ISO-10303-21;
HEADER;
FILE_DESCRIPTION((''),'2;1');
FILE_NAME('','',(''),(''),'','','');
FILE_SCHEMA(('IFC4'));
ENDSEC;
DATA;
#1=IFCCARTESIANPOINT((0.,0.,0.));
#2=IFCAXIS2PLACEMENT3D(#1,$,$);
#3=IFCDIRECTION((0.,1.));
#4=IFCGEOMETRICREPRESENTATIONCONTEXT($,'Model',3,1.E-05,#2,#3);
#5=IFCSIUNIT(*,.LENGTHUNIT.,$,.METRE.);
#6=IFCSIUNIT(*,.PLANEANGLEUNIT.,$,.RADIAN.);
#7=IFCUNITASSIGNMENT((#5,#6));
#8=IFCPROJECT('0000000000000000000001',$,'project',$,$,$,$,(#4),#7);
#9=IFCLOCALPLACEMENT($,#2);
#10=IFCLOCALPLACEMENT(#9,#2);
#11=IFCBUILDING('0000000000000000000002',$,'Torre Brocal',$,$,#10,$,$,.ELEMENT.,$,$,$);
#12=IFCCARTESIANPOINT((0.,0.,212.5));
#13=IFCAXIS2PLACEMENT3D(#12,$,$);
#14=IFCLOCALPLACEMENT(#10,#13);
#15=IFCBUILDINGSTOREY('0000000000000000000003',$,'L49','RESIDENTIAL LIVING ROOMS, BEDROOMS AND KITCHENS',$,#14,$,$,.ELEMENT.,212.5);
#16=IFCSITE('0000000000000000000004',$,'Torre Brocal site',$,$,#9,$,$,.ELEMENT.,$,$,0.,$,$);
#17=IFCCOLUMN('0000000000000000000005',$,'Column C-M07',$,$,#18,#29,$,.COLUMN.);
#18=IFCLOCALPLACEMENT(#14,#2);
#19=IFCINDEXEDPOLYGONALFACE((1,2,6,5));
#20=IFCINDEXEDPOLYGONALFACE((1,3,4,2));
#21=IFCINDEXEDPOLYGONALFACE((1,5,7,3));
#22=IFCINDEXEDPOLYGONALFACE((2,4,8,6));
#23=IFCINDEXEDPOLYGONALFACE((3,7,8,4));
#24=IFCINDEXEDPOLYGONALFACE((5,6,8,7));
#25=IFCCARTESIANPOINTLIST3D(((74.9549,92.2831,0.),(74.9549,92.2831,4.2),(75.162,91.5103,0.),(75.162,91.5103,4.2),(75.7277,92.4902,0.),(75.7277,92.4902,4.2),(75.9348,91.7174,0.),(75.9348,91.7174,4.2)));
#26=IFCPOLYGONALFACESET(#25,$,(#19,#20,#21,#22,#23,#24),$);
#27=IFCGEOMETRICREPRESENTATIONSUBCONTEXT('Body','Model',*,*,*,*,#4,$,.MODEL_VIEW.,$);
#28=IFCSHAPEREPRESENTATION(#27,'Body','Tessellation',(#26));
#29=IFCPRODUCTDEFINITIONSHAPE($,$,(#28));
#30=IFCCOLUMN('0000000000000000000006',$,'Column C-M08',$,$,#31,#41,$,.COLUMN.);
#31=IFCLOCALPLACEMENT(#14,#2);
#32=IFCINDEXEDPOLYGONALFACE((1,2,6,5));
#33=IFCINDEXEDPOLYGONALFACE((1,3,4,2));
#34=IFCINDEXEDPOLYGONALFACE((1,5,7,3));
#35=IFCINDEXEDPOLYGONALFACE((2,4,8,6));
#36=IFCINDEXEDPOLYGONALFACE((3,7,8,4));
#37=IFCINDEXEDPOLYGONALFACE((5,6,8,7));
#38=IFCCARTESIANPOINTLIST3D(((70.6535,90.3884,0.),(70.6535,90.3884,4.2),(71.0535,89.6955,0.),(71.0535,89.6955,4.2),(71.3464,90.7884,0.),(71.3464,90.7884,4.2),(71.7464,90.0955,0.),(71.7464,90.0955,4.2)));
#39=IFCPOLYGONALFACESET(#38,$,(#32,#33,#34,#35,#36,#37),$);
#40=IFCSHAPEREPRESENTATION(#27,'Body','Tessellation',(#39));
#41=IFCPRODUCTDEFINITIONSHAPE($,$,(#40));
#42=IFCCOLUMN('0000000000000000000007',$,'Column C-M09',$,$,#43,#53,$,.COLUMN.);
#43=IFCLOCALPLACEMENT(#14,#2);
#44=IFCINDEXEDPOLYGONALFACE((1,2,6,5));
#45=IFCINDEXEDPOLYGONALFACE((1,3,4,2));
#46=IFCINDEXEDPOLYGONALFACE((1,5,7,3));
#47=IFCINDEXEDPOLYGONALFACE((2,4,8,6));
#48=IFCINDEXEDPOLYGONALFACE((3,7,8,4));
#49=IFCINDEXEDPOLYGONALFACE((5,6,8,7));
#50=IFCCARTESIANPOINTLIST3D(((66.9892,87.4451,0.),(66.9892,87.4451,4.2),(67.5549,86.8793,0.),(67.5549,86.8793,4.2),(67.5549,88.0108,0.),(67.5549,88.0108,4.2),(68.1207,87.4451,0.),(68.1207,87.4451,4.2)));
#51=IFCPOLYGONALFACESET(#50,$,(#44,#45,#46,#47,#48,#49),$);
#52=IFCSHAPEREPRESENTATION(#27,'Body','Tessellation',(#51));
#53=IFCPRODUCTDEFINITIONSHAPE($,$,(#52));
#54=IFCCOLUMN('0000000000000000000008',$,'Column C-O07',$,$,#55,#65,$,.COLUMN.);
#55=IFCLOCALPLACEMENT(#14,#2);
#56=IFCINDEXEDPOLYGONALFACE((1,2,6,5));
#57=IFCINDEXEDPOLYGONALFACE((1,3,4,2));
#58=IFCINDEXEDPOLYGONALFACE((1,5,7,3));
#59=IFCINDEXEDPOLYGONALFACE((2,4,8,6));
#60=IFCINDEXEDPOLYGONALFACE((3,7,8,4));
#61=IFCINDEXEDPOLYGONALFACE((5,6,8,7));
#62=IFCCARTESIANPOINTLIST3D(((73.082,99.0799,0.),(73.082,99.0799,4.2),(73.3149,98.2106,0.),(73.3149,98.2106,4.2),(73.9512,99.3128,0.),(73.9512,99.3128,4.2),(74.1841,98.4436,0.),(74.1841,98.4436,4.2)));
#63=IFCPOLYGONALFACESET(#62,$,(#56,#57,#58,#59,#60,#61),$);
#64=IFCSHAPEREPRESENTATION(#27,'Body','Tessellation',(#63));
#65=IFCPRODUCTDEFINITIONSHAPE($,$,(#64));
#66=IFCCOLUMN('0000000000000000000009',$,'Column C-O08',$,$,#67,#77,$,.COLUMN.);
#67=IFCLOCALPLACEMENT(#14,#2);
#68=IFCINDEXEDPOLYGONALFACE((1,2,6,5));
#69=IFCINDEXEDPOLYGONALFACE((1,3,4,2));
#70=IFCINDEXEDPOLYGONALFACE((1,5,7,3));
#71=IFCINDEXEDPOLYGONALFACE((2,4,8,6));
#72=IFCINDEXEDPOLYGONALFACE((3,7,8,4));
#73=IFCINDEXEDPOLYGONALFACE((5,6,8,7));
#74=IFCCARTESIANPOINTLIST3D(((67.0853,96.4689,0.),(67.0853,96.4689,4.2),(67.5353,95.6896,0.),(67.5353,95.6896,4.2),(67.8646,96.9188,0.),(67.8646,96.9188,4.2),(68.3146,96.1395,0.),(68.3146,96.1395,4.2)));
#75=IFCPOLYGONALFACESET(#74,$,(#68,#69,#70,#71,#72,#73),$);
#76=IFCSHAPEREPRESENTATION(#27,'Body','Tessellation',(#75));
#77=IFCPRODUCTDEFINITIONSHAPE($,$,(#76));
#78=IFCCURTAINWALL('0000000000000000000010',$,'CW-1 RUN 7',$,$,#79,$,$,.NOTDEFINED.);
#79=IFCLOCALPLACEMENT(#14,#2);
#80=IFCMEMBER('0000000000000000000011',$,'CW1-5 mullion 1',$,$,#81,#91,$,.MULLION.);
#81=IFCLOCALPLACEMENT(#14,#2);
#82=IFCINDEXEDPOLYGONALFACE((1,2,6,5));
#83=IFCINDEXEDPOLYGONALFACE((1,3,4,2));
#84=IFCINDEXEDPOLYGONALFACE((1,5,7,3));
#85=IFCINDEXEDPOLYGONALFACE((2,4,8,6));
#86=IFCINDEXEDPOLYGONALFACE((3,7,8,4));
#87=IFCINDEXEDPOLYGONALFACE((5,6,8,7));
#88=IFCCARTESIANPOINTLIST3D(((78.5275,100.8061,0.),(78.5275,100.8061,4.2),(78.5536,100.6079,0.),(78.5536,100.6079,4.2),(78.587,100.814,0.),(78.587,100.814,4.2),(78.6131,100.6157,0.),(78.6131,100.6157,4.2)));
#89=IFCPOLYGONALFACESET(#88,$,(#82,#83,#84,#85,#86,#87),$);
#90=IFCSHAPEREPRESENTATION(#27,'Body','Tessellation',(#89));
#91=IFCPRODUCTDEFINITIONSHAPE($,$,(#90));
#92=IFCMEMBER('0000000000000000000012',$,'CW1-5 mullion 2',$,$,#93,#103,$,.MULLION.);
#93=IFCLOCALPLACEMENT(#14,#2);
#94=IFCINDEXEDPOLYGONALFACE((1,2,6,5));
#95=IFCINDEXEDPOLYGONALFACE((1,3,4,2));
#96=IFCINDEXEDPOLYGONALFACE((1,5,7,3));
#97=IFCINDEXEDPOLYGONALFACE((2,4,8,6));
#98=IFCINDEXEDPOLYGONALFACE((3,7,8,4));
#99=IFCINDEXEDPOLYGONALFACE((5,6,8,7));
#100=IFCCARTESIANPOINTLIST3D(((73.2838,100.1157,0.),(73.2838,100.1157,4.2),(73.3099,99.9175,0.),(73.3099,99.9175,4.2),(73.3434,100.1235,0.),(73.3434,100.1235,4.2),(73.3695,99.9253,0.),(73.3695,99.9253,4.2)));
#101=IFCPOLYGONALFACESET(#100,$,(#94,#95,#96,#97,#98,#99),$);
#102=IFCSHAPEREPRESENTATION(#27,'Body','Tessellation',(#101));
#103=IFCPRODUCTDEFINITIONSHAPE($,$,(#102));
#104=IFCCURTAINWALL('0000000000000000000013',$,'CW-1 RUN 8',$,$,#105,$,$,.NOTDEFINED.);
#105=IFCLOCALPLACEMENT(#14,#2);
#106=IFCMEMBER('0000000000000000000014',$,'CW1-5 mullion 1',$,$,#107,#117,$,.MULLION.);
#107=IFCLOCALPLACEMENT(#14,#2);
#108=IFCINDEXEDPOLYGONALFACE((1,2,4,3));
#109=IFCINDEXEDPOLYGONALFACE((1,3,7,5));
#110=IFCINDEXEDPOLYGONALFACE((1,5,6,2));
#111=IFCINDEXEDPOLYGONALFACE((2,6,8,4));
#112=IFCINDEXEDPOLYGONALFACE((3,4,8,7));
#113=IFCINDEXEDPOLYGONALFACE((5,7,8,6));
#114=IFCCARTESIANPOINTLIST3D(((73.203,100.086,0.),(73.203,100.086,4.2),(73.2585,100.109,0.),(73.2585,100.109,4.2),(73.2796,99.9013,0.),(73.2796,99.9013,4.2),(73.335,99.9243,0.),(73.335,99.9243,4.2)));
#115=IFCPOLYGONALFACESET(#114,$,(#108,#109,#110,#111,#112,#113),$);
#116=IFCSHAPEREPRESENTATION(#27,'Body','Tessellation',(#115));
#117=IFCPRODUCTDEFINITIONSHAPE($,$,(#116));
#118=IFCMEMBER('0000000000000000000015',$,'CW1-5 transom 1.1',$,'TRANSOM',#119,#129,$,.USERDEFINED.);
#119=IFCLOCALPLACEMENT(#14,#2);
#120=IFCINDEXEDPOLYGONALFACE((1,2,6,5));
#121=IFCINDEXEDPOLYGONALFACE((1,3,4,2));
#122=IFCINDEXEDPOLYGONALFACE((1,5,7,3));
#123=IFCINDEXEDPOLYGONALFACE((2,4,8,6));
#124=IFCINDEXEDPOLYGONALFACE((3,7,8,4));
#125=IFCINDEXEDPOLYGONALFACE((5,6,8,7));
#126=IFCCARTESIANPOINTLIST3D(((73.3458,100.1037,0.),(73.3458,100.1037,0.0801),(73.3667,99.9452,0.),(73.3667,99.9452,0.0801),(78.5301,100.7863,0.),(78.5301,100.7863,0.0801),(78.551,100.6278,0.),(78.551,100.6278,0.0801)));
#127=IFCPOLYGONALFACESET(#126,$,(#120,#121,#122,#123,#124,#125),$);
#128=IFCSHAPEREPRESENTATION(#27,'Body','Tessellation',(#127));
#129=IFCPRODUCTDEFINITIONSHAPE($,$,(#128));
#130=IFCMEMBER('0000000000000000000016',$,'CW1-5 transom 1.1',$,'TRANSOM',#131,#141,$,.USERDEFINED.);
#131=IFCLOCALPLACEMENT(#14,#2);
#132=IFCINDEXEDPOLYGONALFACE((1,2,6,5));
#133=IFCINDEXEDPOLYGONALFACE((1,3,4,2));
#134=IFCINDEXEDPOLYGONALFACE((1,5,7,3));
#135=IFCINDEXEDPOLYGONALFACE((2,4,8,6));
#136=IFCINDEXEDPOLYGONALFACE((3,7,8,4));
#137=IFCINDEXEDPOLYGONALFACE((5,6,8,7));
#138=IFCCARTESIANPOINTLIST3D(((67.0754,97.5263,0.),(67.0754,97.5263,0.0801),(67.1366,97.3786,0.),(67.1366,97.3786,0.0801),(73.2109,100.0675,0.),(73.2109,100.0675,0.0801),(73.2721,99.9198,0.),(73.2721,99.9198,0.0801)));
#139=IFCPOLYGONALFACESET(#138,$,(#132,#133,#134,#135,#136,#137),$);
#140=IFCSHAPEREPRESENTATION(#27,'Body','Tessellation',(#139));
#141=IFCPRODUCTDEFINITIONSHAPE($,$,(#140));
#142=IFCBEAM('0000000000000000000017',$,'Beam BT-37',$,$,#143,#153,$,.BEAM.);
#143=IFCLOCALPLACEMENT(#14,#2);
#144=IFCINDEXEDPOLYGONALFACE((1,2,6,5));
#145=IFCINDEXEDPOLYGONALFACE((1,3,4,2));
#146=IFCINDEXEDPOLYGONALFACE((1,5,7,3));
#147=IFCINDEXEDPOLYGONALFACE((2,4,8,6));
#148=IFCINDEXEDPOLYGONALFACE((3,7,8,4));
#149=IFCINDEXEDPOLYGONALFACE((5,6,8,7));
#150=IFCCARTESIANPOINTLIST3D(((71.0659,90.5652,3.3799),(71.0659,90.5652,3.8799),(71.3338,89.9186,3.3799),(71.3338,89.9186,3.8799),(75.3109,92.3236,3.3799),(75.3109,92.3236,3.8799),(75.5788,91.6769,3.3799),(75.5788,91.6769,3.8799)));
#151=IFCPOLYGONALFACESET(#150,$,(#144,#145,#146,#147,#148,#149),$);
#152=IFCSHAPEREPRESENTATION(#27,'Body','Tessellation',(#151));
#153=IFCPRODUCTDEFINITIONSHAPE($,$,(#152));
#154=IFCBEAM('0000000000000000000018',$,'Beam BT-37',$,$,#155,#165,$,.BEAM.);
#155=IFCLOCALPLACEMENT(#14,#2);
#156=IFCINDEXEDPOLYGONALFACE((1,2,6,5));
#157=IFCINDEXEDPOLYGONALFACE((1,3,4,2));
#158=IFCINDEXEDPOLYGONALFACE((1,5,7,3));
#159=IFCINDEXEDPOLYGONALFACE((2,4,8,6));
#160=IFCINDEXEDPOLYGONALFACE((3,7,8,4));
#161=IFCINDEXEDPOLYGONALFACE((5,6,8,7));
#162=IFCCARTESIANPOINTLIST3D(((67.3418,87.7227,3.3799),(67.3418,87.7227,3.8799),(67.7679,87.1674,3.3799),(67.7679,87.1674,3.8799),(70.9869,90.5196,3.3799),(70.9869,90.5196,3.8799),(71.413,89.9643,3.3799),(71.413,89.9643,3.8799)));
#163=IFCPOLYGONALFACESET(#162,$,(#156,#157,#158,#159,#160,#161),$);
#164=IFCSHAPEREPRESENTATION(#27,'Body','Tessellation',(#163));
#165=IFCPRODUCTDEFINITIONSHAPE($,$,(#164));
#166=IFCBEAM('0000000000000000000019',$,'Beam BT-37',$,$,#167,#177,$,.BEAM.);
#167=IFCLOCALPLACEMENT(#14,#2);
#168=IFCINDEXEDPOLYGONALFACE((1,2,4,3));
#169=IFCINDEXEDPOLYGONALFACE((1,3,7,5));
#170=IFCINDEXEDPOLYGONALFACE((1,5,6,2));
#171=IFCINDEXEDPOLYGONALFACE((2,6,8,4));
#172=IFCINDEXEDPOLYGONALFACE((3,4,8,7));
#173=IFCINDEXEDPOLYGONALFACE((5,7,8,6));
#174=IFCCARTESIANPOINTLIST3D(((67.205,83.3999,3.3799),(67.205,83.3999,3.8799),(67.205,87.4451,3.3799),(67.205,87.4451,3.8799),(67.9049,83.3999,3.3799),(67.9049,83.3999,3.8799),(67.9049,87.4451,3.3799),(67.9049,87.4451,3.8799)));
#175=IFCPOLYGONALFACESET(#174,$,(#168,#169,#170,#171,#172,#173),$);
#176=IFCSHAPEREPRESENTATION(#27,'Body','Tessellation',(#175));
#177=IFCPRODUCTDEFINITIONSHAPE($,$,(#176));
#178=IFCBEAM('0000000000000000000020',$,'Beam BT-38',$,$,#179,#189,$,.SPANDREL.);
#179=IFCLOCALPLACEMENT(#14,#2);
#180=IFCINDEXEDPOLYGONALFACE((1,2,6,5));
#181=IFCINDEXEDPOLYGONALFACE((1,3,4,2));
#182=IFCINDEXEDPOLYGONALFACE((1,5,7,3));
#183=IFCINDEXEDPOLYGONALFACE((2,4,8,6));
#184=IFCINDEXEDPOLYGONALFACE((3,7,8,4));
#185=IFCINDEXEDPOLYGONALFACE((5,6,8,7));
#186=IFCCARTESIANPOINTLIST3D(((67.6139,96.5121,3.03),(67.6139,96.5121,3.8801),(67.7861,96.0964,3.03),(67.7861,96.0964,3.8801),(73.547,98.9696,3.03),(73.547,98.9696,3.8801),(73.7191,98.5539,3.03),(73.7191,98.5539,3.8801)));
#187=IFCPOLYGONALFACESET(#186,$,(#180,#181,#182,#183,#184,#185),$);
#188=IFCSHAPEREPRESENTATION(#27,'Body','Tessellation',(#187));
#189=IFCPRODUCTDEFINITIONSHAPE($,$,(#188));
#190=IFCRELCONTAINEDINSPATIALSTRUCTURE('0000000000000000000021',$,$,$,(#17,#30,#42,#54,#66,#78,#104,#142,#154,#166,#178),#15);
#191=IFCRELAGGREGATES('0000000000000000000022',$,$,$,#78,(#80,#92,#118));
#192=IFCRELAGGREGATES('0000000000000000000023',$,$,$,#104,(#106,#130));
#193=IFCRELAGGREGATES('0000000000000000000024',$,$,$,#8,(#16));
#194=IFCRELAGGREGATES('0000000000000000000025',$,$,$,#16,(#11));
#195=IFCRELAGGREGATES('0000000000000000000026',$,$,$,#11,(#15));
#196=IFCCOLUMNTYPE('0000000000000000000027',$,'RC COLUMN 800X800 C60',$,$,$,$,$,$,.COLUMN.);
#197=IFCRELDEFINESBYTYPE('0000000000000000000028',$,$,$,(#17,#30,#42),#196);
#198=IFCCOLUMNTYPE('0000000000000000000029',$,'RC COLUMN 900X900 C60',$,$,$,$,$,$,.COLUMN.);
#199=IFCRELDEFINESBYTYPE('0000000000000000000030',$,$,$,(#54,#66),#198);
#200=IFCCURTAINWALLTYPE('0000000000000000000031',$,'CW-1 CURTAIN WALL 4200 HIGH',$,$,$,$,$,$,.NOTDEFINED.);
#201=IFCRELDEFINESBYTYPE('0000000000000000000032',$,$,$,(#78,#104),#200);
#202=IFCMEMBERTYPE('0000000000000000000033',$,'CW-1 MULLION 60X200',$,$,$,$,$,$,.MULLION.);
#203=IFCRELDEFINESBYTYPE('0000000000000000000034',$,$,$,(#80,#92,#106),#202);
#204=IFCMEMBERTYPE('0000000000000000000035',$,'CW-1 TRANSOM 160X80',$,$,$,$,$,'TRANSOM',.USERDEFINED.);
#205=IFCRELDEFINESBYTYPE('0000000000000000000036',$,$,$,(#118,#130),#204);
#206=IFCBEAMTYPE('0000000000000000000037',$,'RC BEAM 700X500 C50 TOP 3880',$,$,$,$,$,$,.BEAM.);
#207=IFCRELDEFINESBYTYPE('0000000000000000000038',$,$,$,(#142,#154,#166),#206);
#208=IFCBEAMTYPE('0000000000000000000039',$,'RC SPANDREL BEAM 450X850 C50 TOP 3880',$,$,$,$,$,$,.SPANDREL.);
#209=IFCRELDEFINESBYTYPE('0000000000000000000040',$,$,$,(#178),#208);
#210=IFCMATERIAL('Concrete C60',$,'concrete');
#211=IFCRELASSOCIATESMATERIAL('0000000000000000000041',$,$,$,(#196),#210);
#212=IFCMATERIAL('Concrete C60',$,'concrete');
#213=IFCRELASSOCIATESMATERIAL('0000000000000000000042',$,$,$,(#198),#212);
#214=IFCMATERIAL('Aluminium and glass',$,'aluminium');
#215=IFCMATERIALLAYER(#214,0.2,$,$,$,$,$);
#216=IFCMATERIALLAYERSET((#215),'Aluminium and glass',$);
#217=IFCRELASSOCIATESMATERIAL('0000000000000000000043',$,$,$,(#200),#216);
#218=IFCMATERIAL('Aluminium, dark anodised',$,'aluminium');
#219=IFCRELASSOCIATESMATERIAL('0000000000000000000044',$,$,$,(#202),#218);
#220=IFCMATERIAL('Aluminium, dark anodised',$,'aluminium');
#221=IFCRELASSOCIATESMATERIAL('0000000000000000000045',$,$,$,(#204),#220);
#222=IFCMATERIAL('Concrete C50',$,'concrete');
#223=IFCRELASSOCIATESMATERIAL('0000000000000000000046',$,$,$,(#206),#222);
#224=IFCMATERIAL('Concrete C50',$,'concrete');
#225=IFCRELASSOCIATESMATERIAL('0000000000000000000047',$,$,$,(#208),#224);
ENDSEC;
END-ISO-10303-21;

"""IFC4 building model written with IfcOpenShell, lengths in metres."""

from ifc_helpers import new_model, si_unit, direction, frame, origin, origin_2d, place, context, subcontext, project, spatial, rectangle, extrude, material, layer, layer_set, material_profile, profile_set, type_object, element, aggregate, save


model = new_model("IFC4")

# Units and contexts
model_context = context("Model", 3, precision=1e-05, world=origin(), true_north=direction((0.0, 1.0)))
body_context = subcontext(model_context, "Body", "Model", "MODEL_VIEW")
ifc_project = project(units=[si_unit("LENGTHUNIT", "METRE"), si_unit("PLANEANGLEUNIT", "RADIAN")], contexts=[model_context])

# Site, building, storey
site_placement = place(None, origin())
site = spatial("IfcSite", under=ifc_project, at=site_placement, Name="Torre Brocal site", CompositionType="ELEMENT", RefElevation=0.0)
building_placement = place(site_placement, origin())
building = spatial("IfcBuilding", under=site, at=building_placement, Name="Torre Brocal", CompositionType="ELEMENT")
storey_placement = place(building_placement, frame((0.0, 0.0, 212.5)))
storey = spatial("IfcBuildingStorey", under=building, at=storey_placement, Name="L49", Description="RESIDENTIAL LIVING ROOMS, BEDROOMS AND KITCHENS", CompositionType="ELEMENT", Elevation=212.5)

# Columns
ifc_material_1 = material(Name="Concrete C60", Category="concrete")
ifc_material_profile_1 = material_profile(ifc_material_1, rectangle(XDim=0.8, YDim=0.8, at=origin_2d()), Name="RC 800X800")
ifc_profile_set_1 = profile_set([ifc_material_profile_1], Name="Concrete C60")
column_type_1 = type_object("IfcColumnType", Name="RC COLUMN 800X800 C60", PredefinedType="COLUMN", material=ifc_profile_set_1)
for number, where, z_axis, x_axis, name in (
    (1, (75.4448, 92.0002, 0.0), (0.0, 0.0, 1.0), (-0.258819, 0.965926, 0.0), "Column C-M07"),
    (2, (71.2, 90.2419, 0.0), (0.0, 0.0, 1.0), (-0.5, 0.866025, 0.0), "Column C-M08"),
    (3, (67.5549, 87.4451, 0.0), (0.0, 0.0, 1.0), (-0.707107, 0.707107, 0.0), "Column C-M09"),
):
    element("IfcColumn", number, at=place(storey_placement, frame(where, z_axis=z_axis, x_axis=x_axis)), inside=storey, type_object=column_type_1, Name=name, PredefinedType="COLUMN", context=body_context, shape_type="SweptSolid", body=[
        extrude(rectangle(XDim=0.8, YDim=0.8, at=origin_2d()), origin(), (0.0, 0.0, 1.0), 4.2),
    ])
ifc_material_2 = material(Name="Concrete C60", Category="concrete")
ifc_material_profile_2 = material_profile(ifc_material_2, rectangle(XDim=0.8999, YDim=0.8999, at=origin_2d()), Name="RC 900X900")
ifc_profile_set_2 = profile_set([ifc_material_profile_2], Name="Concrete C60")
column_type_2 = type_object("IfcColumnType", Name="RC COLUMN 900X900 C60", PredefinedType="COLUMN", material=ifc_profile_set_2)
for number, where, z_axis, x_axis, name in (
    (4, (73.6331, 98.7617, 0.0), (0.0, 0.0, 1.0), (-0.258819, 0.965926, 0.0), "Column C-O07"),
    (5, (67.7, 96.3042, 0.0), (0.0, 0.0, 1.0), (-0.5, 0.866025, 0.0), "Column C-O08"),
):
    element("IfcColumn", number, at=place(storey_placement, frame(where, z_axis=z_axis, x_axis=x_axis)), inside=storey, type_object=column_type_2, Name=name, PredefinedType="COLUMN", context=body_context, shape_type="SweptSolid", body=[
        extrude(rectangle(XDim=0.8999, YDim=0.8999, at=origin_2d()), origin(), (0.0, 0.0, 1.0), 4.2),
    ])

# Curtain wall, members
ifc_material_3 = material(Name="Aluminium and glass", Category="aluminium")
ifc_layer_1 = layer(ifc_material_3, 0.2)
ifc_layer_set_1 = layer_set([ifc_layer_1], Name="Aluminium and glass")
curtain_wall_type = type_object("IfcCurtainWallType", Name="CW-1 CURTAIN WALL 4200 HIGH", PredefinedType="NOTDEFINED", material=ifc_layer_set_1)
curtain_wall_1_placement = place(storey_placement, origin())
curtain_wall_1 = element("IfcCurtainWall", 6, at=curtain_wall_1_placement, inside=storey, type_object=curtain_wall_type, Name="CW-1 RUN 7", PredefinedType="NOTDEFINED")
ifc_material_4 = material(Name="Aluminium, dark anodised", Category="aluminium")
ifc_material_profile_3 = material_profile(ifc_material_4, rectangle(XDim=0.2, YDim=0.0601, at=origin_2d()), Name="CW-1 MULLION 60X200")
ifc_profile_set_3 = profile_set([ifc_material_profile_3], Name="Aluminium, dark anodised")
member_type_1 = type_object("IfcMemberType", Name="CW-1 MULLION 60X200", PredefinedType="MULLION", material=ifc_profile_set_3)
member_1_placement = place(storey_placement, frame((78.5703, 100.7109, 0.0), z_axis=(0.0, 0.0, 1.0), x_axis=(0.130526, -0.991445, 0.0)))
member_1 = element("IfcMember", 7, at=member_1_placement, type_object=member_type_1, Name="CW1-5 mullion 1", PredefinedType="MULLION", context=body_context, shape_type="SweptSolid", body=[
    extrude(rectangle(XDim=0.2, YDim=0.0601, at=origin_2d()), origin(), (0.0, 0.0, 1.0), 4.2),
])
member_2_placement = place(storey_placement, frame((73.3267, 100.0205, 0.0), z_axis=(0.0, 0.0, 1.0), x_axis=(0.130526, -0.991445, 0.0)))
member_2 = element("IfcMember", 8, at=member_2_placement, type_object=member_type_1, Name="CW1-5 mullion 2", PredefinedType="MULLION", context=body_context, shape_type="SweptSolid", body=[
    extrude(rectangle(XDim=0.2, YDim=0.0601, at=origin_2d()), origin(), (0.0, 0.0, 1.0), 4.2),
])

# Curtain wall, member
curtain_wall_2_placement = place(storey_placement, origin())
curtain_wall_2 = element("IfcCurtainWall", 9, at=curtain_wall_2_placement, inside=storey, type_object=curtain_wall_type, Name="CW-1 RUN 8", PredefinedType="NOTDEFINED")
member_3_placement = place(storey_placement, frame((73.269, 100.0051, 0.0), z_axis=(0.0, 0.0, 1.0), x_axis=(0.382683, -0.92388, 0.0)))
member_3 = element("IfcMember", 10, at=member_3_placement, type_object=member_type_1, Name="CW1-5 mullion 1", PredefinedType="MULLION", context=body_context, shape_type="SweptSolid", body=[
    extrude(rectangle(XDim=0.2, YDim=0.0601, at=origin_2d()), origin(), (0.0, 0.0, 1.0), 4.2),
])

# Members
ifc_material_5 = material(Name="Aluminium, dark anodised", Category="aluminium")
ifc_material_profile_4 = material_profile(ifc_material_5, rectangle(XDim=0.1599, YDim=0.0801, at=origin_2d()), Name="CW-1 TRANSOM 160X80")
ifc_profile_set_4 = profile_set([ifc_material_profile_4], Name="Aluminium, dark anodised")
member_type_2 = type_object("IfcMemberType", Name="CW-1 TRANSOM 160X80", ElementType="TRANSOM", PredefinedType="USERDEFINED", material=ifc_profile_set_4)
member_4_placement = place(storey_placement, frame((78.5405, 100.707, 0.04), z_axis=(-0.991443, -0.130543, 0.0), x_axis=(0.130543, -0.991443, 0.0)))
member_4 = element("IfcMember", 11, at=member_4_placement, type_object=member_type_2, Name="CW1-5 transom 1.1", ObjectType="TRANSOM", PredefinedType="USERDEFINED", context=body_context, shape_type="SweptSolid", body=[
    extrude(rectangle(XDim=0.1599, YDim=0.0801, at=origin_2d()), origin(), (0.0, 0.0, 1.0), 5.229),
])
member_5_placement = place(storey_placement, frame((73.2415, 99.9937, 0.04), z_axis=(-0.923887, -0.382665, 0.0), x_axis=(0.382665, -0.923887, 0.0)))
member_5 = element("IfcMember", 12, at=member_5_placement, type_object=member_type_2, Name="CW1-5 transom 1.1", ObjectType="TRANSOM", PredefinedType="USERDEFINED", context=body_context, shape_type="SweptSolid", body=[
    extrude(rectangle(XDim=0.1599, YDim=0.0801, at=origin_2d()), origin(), (0.0, 0.0, 1.0), 6.6409),
])

# Beams
ifc_material_6 = material(Name="Concrete C50", Category="concrete")
ifc_material_profile_5 = material_profile(ifc_material_6, rectangle(XDim=0.7, YDim=0.5, at=origin_2d()), Name="RC 700X500")
ifc_profile_set_5 = profile_set([ifc_material_profile_5], Name="Concrete C50")
beam_type_1 = type_object("IfcBeamType", Name="RC BEAM 700X500 C50 TOP 3880", PredefinedType="BEAM", material=ifc_profile_set_5)
beam_1_placement = place(storey_placement, frame((75.4448, 92.0002, 3.6299), z_axis=(-0.923878, -0.382687, 0.0), x_axis=(0.382687, -0.923878, 0.0)))
element("IfcBeam", 13, at=beam_1_placement, inside=storey, type_object=beam_type_1, Name="Beam BT-37", PredefinedType="BEAM", context=body_context, shape_type="SweptSolid", body=[
    extrude(rectangle(XDim=0.7, YDim=0.5, at=origin_2d()), origin(), (0.0, 0.0, 1.0), 4.5947),
])
beam_2_placement = place(storey_placement, frame((71.2, 90.2419, 3.6299), z_axis=(-0.793358, -0.608755, 0.0), x_axis=(0.608755, -0.793358, 0.0)))
element("IfcBeam", 14, at=beam_2_placement, inside=storey, type_object=beam_type_1, Name="Beam BT-37", PredefinedType="BEAM", context=body_context, shape_type="SweptSolid", body=[
    extrude(rectangle(XDim=0.7, YDim=0.5, at=origin_2d()), origin(), (0.0, 0.0, 1.0), 4.5945),
])
beam_3_placement = place(storey_placement, frame((67.5549, 87.4451, 3.6299), z_axis=(0.0, -1.0, 0.0), x_axis=(1.0, 0.0, 0.0)))
element("IfcBeam", 15, at=beam_3_placement, inside=storey, type_object=beam_type_1, Name="Beam BT-37", PredefinedType="BEAM", context=body_context, shape_type="SweptSolid", body=[
    extrude(rectangle(XDim=0.7, YDim=0.5, at=origin_2d()), origin(), (0.0, 0.0, 1.0), 4.0452),
])
ifc_material_7 = material(Name="Concrete C50", Category="concrete")
ifc_material_profile_6 = material_profile(ifc_material_7, rectangle(XDim=0.45, YDim=0.8501, at=origin_2d()), Name="RC 450X850")
ifc_profile_set_6 = profile_set([ifc_material_profile_6], Name="Concrete C50")
beam_type_2 = type_object("IfcBeamType", Name="RC SPANDREL BEAM 450X850 C50 TOP 3880", PredefinedType="SPANDREL", material=ifc_profile_set_6)
beam_4_placement = place(storey_placement, frame((73.6331, 98.7617, 3.4551), z_axis=(-0.923882, -0.382676, 0.0), x_axis=(0.382676, -0.923882, 0.0)))
element("IfcBeam", 16, at=beam_4_placement, inside=storey, type_object=beam_type_2, Name="Beam BT-38", PredefinedType="SPANDREL", context=body_context, shape_type="SweptSolid", body=[
    extrude(rectangle(XDim=0.45, YDim=0.8501, at=origin_2d()), origin(), (0.0, 0.0, 1.0), 6.4219),
])

aggregate(curtain_wall_1, [member_1, member_2, member_4])
aggregate(curtain_wall_2, [member_3, member_5])

save(model, "model.ifc")
